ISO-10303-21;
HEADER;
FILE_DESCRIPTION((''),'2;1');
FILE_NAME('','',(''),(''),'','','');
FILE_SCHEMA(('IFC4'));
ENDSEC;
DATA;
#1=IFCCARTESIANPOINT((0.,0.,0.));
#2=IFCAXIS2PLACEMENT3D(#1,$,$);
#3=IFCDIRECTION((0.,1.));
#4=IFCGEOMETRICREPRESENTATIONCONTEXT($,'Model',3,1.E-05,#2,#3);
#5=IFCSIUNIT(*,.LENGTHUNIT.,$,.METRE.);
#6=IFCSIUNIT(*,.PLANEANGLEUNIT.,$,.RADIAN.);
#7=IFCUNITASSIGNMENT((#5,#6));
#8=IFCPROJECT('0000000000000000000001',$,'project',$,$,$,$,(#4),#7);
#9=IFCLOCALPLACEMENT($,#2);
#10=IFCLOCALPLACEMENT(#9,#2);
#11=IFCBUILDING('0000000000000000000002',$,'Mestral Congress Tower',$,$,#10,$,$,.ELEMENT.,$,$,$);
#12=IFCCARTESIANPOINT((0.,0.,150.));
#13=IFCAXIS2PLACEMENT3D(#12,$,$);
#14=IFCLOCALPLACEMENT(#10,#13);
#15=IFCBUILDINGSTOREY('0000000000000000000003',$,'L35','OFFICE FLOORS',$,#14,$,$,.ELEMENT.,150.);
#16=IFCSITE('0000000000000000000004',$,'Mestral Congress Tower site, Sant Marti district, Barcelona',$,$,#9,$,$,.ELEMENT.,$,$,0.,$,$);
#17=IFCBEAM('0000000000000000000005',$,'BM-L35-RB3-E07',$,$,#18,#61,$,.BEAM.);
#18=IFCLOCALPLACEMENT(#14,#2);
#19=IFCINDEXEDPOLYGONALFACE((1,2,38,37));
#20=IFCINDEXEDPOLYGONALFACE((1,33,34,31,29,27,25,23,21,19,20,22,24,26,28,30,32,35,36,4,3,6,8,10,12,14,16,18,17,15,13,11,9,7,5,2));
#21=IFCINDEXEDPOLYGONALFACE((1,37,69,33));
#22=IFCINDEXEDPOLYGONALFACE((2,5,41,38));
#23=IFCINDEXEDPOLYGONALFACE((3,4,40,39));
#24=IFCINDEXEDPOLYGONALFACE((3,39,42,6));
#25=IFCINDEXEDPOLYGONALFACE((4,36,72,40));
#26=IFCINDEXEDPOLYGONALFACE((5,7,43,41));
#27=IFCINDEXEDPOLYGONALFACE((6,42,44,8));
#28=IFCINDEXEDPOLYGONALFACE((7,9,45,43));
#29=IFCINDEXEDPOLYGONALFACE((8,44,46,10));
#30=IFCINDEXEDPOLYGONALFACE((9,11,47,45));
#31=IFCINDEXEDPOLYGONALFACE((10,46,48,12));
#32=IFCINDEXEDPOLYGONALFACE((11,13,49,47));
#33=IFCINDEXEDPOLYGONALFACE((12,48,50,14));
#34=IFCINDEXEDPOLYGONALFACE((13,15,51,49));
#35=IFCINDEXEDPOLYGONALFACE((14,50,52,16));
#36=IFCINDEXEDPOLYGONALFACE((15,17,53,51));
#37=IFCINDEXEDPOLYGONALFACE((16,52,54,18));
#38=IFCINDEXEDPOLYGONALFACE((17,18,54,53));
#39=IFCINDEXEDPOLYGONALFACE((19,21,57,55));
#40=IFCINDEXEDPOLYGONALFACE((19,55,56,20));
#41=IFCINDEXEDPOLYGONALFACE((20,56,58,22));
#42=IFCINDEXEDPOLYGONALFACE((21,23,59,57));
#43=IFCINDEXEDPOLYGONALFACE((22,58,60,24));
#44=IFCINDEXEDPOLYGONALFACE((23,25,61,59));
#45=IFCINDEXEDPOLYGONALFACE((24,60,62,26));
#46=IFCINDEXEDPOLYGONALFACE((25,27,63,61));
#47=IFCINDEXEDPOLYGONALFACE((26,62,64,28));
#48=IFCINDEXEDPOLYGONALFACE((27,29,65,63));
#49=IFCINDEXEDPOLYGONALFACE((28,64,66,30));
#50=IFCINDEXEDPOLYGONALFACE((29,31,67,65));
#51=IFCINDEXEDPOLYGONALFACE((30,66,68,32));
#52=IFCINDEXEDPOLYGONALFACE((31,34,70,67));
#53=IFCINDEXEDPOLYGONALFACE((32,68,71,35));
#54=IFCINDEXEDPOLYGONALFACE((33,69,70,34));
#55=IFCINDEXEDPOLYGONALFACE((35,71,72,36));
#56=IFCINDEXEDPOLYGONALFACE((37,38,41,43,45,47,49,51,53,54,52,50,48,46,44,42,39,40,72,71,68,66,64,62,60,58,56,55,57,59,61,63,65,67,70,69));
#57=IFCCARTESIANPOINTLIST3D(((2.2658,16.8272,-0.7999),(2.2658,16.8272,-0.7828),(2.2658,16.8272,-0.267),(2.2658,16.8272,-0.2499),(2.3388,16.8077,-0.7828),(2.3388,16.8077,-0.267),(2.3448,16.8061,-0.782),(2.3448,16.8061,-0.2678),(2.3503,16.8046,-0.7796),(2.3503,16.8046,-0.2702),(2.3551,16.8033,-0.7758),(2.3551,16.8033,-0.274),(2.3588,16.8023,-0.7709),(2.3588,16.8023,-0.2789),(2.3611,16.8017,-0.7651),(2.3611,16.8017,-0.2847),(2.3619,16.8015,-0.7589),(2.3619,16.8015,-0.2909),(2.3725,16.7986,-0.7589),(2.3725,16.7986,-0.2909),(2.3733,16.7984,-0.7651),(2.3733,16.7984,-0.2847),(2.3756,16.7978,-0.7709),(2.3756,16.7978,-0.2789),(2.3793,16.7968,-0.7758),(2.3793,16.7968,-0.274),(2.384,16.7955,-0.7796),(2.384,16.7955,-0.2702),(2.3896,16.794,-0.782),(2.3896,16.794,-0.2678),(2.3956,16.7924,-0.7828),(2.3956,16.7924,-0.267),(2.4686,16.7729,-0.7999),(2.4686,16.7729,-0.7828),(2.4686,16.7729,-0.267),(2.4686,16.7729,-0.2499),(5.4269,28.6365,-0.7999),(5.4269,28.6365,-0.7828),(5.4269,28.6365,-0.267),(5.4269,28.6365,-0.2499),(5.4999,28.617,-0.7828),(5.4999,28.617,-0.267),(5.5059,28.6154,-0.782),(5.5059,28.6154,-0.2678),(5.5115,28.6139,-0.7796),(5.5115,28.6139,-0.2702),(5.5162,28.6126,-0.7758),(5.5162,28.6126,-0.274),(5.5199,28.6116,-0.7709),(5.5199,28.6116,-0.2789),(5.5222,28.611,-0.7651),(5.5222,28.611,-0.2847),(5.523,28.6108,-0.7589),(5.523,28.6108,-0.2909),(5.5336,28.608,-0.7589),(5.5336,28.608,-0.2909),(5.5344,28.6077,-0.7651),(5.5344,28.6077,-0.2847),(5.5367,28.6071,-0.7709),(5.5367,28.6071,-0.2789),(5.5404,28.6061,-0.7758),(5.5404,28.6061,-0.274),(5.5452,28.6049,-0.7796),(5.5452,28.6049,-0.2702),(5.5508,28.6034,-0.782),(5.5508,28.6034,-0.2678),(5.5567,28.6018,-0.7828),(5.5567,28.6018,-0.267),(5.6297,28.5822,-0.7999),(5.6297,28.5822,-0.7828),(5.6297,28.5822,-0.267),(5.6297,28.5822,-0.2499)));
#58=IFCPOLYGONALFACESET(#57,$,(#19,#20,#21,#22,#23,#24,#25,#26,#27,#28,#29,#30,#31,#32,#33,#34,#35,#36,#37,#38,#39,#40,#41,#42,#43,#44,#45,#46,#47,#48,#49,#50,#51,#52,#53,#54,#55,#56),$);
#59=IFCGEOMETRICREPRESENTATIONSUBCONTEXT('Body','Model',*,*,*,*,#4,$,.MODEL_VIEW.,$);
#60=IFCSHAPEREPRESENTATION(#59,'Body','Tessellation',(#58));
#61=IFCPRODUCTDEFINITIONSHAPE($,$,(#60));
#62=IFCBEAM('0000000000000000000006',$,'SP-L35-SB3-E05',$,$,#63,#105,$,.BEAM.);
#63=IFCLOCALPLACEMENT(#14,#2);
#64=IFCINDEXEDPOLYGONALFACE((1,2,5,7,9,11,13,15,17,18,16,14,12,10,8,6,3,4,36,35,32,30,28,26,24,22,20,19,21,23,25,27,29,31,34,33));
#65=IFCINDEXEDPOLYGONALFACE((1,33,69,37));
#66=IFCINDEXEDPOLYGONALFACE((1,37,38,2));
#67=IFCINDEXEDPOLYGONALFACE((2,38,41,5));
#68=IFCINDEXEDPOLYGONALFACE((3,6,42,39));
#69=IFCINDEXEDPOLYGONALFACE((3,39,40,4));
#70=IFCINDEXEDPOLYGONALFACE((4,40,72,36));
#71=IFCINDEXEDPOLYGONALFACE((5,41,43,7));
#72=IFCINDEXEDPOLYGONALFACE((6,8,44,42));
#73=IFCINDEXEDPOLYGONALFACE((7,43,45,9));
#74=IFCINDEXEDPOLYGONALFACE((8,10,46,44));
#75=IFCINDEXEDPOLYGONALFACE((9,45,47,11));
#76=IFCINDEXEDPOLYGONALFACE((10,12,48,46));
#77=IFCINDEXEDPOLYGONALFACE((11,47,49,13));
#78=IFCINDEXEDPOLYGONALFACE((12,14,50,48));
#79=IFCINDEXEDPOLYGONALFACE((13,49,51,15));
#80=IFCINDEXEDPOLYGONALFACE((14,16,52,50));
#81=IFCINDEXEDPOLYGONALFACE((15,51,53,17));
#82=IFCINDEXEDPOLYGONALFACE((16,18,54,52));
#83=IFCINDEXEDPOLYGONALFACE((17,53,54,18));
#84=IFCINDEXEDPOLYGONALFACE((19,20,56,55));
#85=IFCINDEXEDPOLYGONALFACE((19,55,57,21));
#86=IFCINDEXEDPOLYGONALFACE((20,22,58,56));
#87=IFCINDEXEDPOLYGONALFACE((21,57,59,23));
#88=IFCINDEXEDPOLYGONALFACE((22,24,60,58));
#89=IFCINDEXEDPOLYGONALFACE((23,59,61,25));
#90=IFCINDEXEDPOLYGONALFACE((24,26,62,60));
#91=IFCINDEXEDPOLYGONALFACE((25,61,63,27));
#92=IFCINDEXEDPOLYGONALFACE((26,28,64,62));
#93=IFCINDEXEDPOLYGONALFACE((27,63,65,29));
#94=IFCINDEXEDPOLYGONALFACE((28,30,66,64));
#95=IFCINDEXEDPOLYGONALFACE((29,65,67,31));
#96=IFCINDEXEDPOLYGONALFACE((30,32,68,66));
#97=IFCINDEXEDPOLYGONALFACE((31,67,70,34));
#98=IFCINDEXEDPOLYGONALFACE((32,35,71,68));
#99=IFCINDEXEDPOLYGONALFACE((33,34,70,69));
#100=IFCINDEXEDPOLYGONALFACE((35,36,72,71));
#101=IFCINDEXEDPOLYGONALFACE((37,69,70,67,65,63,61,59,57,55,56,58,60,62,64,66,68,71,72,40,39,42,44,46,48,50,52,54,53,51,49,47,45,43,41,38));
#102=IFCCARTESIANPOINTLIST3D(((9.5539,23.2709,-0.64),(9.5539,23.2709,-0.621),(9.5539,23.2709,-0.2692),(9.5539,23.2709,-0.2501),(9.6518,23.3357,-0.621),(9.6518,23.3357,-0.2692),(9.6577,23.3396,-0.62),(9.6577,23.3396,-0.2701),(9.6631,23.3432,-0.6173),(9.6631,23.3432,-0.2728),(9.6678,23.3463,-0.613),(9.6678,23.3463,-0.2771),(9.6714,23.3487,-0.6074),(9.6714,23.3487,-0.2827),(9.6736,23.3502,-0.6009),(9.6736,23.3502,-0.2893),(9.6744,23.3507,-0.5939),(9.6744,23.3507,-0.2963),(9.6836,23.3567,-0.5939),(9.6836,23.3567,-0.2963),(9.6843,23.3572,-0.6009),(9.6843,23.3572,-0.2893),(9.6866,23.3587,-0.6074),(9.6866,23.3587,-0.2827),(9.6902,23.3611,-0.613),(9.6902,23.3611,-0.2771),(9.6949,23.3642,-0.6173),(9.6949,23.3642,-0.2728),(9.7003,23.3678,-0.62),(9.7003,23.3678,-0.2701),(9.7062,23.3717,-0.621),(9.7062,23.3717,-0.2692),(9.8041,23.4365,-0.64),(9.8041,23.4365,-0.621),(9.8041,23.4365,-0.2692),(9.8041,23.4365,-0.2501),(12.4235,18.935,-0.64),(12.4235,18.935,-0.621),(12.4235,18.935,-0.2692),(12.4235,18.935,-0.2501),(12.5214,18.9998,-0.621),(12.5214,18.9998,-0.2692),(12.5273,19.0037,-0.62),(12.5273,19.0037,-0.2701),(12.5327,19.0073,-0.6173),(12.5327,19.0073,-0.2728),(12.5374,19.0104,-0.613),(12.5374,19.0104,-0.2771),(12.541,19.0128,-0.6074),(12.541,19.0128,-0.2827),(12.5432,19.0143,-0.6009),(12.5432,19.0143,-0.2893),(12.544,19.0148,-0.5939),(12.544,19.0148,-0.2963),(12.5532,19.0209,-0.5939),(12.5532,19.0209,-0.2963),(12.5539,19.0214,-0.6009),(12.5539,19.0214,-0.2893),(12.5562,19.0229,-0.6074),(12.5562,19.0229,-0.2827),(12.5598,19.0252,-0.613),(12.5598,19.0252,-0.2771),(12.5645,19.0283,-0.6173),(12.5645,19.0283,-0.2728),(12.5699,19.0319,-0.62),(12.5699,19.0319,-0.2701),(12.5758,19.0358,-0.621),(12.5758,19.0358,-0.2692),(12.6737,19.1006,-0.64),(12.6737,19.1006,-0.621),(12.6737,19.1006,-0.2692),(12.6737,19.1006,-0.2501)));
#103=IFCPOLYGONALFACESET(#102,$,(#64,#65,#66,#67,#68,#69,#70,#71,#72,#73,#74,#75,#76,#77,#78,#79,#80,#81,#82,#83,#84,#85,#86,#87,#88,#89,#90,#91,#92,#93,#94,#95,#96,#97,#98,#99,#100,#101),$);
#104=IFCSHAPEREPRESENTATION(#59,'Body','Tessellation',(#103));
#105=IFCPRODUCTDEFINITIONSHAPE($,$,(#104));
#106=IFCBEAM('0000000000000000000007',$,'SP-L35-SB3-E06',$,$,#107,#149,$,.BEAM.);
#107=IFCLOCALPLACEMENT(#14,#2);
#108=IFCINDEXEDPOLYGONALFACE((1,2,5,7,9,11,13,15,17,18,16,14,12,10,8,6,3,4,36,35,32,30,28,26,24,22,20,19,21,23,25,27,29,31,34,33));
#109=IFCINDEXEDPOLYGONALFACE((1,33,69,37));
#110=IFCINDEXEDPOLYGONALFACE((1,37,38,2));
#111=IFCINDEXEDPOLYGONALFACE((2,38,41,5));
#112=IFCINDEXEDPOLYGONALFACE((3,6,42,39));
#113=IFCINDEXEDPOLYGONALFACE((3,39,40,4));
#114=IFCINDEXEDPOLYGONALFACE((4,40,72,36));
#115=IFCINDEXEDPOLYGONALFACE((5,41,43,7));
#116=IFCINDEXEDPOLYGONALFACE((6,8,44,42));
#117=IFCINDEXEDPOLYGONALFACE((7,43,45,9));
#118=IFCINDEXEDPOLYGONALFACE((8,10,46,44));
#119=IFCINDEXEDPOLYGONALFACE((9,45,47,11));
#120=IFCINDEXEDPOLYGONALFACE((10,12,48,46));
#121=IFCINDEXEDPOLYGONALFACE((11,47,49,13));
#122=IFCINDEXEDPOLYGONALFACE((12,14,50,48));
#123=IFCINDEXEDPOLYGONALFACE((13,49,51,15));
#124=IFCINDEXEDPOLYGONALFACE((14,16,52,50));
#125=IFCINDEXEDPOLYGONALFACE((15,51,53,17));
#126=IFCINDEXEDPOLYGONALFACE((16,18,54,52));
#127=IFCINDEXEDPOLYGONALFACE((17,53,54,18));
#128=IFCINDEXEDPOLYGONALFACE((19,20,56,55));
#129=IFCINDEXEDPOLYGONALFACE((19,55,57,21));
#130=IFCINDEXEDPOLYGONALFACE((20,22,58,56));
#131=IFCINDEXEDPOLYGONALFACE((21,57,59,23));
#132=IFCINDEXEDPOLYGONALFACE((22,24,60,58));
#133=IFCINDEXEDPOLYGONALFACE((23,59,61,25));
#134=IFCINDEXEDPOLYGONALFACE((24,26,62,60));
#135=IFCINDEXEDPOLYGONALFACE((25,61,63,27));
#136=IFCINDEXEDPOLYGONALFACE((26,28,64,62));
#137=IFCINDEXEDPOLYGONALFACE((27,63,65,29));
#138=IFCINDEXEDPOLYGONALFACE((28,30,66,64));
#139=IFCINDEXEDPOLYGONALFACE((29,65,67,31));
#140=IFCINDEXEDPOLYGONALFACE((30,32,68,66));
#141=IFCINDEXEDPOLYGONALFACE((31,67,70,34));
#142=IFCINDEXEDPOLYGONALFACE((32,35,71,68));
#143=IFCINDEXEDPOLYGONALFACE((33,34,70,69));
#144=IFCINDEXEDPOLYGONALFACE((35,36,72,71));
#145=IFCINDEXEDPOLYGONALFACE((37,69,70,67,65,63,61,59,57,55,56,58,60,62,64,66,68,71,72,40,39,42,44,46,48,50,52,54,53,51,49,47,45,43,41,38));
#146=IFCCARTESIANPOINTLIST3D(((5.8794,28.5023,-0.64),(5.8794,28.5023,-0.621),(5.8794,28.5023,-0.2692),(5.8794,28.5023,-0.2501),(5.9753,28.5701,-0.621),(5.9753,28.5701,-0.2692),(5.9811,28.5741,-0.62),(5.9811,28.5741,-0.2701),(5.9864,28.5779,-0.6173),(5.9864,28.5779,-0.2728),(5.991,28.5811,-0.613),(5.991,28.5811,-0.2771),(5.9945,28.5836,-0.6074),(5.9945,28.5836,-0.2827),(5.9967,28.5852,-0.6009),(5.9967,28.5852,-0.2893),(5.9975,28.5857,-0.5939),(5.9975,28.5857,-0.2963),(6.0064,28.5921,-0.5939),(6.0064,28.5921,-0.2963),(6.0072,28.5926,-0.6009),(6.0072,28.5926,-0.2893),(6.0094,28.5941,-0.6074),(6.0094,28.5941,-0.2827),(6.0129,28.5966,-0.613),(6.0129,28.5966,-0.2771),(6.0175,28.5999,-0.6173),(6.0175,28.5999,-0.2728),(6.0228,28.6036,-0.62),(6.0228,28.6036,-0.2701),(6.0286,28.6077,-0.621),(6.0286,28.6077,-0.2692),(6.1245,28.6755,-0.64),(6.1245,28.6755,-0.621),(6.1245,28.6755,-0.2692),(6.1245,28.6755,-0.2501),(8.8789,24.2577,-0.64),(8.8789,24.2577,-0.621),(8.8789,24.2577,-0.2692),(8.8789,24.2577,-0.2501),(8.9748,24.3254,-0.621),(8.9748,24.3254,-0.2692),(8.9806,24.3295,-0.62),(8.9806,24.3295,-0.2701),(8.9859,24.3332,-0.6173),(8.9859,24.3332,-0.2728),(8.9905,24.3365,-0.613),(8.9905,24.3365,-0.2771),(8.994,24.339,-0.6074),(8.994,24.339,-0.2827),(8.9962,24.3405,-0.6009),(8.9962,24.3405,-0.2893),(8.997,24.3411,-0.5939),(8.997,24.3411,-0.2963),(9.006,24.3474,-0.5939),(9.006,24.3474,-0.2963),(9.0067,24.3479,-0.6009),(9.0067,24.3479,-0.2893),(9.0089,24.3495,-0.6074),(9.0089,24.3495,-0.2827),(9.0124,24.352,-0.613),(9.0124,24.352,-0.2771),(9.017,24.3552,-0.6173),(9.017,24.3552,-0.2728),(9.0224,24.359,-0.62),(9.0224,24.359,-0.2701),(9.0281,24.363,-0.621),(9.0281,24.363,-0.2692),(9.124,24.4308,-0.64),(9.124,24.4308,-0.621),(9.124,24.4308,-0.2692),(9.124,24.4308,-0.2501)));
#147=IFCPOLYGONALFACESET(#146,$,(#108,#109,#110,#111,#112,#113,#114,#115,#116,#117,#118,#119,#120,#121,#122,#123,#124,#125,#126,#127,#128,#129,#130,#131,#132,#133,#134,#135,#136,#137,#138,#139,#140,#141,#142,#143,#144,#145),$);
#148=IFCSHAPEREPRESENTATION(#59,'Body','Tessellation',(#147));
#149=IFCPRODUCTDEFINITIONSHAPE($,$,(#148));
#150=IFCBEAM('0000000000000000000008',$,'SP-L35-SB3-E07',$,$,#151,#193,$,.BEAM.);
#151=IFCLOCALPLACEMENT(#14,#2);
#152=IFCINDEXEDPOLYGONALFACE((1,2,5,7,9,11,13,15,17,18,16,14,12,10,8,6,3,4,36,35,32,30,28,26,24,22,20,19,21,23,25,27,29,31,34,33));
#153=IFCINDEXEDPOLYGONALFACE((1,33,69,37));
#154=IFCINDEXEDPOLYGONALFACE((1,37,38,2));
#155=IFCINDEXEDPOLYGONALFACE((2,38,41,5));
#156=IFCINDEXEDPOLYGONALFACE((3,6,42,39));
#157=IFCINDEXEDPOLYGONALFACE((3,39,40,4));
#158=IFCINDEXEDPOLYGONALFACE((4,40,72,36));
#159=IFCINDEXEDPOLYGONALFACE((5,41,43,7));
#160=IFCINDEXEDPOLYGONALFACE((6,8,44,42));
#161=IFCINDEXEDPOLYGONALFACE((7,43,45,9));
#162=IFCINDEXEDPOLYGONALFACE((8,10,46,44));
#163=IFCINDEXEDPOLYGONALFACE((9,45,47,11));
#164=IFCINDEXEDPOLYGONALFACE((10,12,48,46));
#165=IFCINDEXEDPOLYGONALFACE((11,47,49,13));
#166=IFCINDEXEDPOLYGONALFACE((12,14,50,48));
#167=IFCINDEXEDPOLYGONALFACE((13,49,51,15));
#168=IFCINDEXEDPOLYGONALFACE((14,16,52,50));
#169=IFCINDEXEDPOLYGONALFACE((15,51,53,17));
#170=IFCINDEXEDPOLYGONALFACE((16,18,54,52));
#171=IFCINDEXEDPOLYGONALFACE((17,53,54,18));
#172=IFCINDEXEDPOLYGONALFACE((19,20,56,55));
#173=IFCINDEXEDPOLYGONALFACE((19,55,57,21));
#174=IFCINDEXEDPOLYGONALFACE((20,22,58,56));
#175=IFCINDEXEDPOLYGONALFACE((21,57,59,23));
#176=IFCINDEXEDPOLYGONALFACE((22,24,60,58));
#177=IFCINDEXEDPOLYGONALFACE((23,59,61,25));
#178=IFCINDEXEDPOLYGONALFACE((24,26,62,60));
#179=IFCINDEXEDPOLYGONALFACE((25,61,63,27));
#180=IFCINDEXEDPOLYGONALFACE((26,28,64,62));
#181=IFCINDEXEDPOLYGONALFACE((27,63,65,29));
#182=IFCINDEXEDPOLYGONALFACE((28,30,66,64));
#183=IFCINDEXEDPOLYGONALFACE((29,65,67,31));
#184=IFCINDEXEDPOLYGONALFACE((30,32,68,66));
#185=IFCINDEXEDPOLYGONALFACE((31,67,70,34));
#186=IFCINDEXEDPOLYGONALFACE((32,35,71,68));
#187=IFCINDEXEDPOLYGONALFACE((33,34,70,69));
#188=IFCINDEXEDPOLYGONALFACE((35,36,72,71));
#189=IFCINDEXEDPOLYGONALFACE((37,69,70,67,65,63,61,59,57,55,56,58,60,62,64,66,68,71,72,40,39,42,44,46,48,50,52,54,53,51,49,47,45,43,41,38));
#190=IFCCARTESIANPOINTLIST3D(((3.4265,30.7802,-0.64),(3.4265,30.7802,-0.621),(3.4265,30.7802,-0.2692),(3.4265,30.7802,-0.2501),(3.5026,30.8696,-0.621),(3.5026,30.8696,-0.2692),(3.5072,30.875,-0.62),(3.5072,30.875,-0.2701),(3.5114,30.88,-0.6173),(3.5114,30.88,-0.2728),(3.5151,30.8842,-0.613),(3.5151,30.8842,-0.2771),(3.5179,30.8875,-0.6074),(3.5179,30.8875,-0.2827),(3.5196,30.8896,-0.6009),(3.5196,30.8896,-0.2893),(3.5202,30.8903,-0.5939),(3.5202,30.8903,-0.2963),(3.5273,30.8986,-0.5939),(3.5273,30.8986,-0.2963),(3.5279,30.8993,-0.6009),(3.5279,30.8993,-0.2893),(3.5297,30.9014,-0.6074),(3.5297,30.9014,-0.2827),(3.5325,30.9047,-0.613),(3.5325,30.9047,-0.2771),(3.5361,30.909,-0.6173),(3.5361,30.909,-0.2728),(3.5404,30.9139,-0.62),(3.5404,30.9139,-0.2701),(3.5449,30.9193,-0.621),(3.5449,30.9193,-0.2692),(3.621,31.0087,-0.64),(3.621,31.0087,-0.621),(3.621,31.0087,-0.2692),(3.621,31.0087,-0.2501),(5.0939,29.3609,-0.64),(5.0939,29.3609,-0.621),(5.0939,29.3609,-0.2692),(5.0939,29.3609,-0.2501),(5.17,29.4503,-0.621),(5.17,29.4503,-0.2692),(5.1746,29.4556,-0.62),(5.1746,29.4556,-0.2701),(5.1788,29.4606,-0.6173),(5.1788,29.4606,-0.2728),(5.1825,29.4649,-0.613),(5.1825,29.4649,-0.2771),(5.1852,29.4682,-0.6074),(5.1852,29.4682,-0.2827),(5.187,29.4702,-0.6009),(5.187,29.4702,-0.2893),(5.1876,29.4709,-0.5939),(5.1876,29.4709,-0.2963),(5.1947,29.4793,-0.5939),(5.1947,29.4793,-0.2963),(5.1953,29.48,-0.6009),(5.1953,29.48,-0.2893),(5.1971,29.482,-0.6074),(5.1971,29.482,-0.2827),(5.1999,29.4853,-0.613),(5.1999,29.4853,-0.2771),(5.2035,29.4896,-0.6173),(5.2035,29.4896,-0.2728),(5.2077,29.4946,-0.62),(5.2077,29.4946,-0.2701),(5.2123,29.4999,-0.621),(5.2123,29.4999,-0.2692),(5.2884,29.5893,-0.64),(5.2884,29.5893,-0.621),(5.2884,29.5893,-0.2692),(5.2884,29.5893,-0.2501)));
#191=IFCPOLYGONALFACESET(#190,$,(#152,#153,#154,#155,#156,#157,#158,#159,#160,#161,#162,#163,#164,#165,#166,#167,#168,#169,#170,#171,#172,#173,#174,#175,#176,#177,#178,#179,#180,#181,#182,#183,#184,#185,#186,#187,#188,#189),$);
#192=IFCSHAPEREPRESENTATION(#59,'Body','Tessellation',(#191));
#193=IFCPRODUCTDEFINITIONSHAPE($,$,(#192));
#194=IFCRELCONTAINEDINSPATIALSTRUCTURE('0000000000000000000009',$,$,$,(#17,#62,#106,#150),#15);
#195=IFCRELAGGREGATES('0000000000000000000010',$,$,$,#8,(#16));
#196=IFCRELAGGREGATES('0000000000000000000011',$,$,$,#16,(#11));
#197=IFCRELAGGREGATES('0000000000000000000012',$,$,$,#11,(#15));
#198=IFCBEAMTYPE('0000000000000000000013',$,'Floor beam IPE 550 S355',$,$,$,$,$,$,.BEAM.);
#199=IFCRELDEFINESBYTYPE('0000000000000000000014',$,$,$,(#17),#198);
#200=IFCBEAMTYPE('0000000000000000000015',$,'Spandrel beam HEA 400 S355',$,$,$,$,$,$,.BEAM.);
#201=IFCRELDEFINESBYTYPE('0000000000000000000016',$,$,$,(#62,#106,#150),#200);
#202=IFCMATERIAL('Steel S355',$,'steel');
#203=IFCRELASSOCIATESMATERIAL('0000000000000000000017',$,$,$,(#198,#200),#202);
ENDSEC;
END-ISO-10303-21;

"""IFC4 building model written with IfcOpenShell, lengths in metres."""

from ifc_helpers import new_model, si_unit, direction, frame, origin, origin_2d, place, context, subcontext, project, spatial, i_section, extrude, material, material_profile, profile_set, type_object, element, save


model = new_model("IFC4")

# Units and contexts
model_context = context("Model", 3, precision=1e-05, world=origin(), true_north=direction((0.0, 1.0)))
body_context = subcontext(model_context, "Body", "Model", "MODEL_VIEW")
ifc_project = project(units=[si_unit("LENGTHUNIT", "METRE"), si_unit("PLANEANGLEUNIT", "RADIAN")], contexts=[model_context])

# Site, building, storey
site_placement = place(None, origin())
site = spatial("IfcSite", under=ifc_project, at=site_placement, Name="Mestral Congress Tower site, Sant Marti district, Barcelona", CompositionType="ELEMENT", RefElevation=0.0)
building_placement = place(site_placement, origin())
building = spatial("IfcBuilding", under=site, at=building_placement, Name="Mestral Congress Tower", CompositionType="ELEMENT")
storey_placement = place(building_placement, frame((0.0, 0.0, 150.0)))
storey = spatial("IfcBuildingStorey", under=building, at=storey_placement, Name="L35", Description="OFFICE FLOORS", CompositionType="ELEMENT", Elevation=150.0)

# Beams
ifc_material_1 = material(Name="Steel S355", Category="steel")
ifc_material_profile_1 = material_profile(ifc_material_1, i_section(OverallWidth=0.21, OverallDepth=0.55, WebThickness=0.011, FlangeThickness=0.0171, FilletRadius=0.0239, at=origin_2d()), Name="IPE 550")
ifc_profile_set_1 = profile_set([ifc_material_profile_1], Name="Steel S355")
beam_type_1 = type_object("IfcBeamType", Name="Floor beam IPE 550 S355", PredefinedType="BEAM", material=ifc_profile_set_1)
beam_1_placement = place(storey_placement, frame((5.5283, 28.6094, -0.5249), z_axis=(-0.258577, -0.965991, 0.0), x_axis=(0.965991, -0.258577, 0.0)))
element("IfcBeam", 1, at=beam_1_placement, inside=storey, type_object=beam_type_1, Name="BM-L35-RB3-E07", PredefinedType="BEAM", context=body_context, shape_type="SweptSolid", body=[
    extrude(i_section(OverallWidth=0.21, OverallDepth=0.55, WebThickness=0.011, FlangeThickness=0.0171, FilletRadius=0.0239, at=origin_2d()), origin(), (0.0, 0.0, 1.0), 12.2251),
])
ifc_material_profile_2 = material_profile(ifc_material_1, i_section(OverallWidth=0.3, OverallDepth=0.3899, WebThickness=0.011, FlangeThickness=0.019, FilletRadius=0.0271, at=origin_2d()), Name="HEA 400")
ifc_profile_set_2 = profile_set([ifc_material_profile_2], Name="Steel S355")
beam_type_2 = type_object("IfcBeamType", Name="Spandrel beam HEA 400 S355", PredefinedType="BEAM", material=ifc_profile_set_2)
beam_2_placement = place(storey_placement, frame((12.5486, 19.0178, -0.4451), z_axis=(-0.551901, 0.833909, 0.0), x_axis=(-0.833909, -0.551901, 0.0)))
element("IfcBeam", 2, at=beam_2_placement, inside=storey, type_object=beam_type_2, Name="SP-L35-SB3-E05", PredefinedType="BEAM", context=body_context, shape_type="SweptSolid", body=[
    extrude(i_section(OverallWidth=0.3, OverallDepth=0.3899, WebThickness=0.011, FlangeThickness=0.019, FilletRadius=0.0271, at=origin_2d()), origin(), (0.0, 0.0, 1.0), 5.1995),
])
beam_3_placement = place(storey_placement, frame((9.0015, 24.3442, -0.4451), z_axis=(-0.577107, 0.816668, 0.0), x_axis=(-0.816668, -0.577107, 0.0)))
element("IfcBeam", 3, at=beam_3_placement, inside=storey, type_object=beam_type_2, Name="SP-L35-SB3-E06", PredefinedType="BEAM", context=body_context, shape_type="SweptSolid", body=[
    extrude(i_section(OverallWidth=0.3, OverallDepth=0.3899, WebThickness=0.011, FlangeThickness=0.019, FilletRadius=0.0271, at=origin_2d()), origin(), (0.0, 0.0, 1.0), 5.1975),
])
beam_4_placement = place(storey_placement, frame((5.1912, 29.4751, -0.4451), z_axis=(-0.761471, 0.648198, 0.0), x_axis=(-0.648198, -0.761471, 0.0)))
element("IfcBeam", 4, at=beam_4_placement, inside=storey, type_object=beam_type_2, Name="SP-L35-SB3-E07", PredefinedType="BEAM", context=body_context, shape_type="SweptSolid", body=[
    extrude(i_section(OverallWidth=0.3, OverallDepth=0.3899, WebThickness=0.011, FlangeThickness=0.019, FilletRadius=0.0271, at=origin_2d()), origin(), (0.0, 0.0, 1.0), 2.1897),
])

save(model, "model.ifc")
